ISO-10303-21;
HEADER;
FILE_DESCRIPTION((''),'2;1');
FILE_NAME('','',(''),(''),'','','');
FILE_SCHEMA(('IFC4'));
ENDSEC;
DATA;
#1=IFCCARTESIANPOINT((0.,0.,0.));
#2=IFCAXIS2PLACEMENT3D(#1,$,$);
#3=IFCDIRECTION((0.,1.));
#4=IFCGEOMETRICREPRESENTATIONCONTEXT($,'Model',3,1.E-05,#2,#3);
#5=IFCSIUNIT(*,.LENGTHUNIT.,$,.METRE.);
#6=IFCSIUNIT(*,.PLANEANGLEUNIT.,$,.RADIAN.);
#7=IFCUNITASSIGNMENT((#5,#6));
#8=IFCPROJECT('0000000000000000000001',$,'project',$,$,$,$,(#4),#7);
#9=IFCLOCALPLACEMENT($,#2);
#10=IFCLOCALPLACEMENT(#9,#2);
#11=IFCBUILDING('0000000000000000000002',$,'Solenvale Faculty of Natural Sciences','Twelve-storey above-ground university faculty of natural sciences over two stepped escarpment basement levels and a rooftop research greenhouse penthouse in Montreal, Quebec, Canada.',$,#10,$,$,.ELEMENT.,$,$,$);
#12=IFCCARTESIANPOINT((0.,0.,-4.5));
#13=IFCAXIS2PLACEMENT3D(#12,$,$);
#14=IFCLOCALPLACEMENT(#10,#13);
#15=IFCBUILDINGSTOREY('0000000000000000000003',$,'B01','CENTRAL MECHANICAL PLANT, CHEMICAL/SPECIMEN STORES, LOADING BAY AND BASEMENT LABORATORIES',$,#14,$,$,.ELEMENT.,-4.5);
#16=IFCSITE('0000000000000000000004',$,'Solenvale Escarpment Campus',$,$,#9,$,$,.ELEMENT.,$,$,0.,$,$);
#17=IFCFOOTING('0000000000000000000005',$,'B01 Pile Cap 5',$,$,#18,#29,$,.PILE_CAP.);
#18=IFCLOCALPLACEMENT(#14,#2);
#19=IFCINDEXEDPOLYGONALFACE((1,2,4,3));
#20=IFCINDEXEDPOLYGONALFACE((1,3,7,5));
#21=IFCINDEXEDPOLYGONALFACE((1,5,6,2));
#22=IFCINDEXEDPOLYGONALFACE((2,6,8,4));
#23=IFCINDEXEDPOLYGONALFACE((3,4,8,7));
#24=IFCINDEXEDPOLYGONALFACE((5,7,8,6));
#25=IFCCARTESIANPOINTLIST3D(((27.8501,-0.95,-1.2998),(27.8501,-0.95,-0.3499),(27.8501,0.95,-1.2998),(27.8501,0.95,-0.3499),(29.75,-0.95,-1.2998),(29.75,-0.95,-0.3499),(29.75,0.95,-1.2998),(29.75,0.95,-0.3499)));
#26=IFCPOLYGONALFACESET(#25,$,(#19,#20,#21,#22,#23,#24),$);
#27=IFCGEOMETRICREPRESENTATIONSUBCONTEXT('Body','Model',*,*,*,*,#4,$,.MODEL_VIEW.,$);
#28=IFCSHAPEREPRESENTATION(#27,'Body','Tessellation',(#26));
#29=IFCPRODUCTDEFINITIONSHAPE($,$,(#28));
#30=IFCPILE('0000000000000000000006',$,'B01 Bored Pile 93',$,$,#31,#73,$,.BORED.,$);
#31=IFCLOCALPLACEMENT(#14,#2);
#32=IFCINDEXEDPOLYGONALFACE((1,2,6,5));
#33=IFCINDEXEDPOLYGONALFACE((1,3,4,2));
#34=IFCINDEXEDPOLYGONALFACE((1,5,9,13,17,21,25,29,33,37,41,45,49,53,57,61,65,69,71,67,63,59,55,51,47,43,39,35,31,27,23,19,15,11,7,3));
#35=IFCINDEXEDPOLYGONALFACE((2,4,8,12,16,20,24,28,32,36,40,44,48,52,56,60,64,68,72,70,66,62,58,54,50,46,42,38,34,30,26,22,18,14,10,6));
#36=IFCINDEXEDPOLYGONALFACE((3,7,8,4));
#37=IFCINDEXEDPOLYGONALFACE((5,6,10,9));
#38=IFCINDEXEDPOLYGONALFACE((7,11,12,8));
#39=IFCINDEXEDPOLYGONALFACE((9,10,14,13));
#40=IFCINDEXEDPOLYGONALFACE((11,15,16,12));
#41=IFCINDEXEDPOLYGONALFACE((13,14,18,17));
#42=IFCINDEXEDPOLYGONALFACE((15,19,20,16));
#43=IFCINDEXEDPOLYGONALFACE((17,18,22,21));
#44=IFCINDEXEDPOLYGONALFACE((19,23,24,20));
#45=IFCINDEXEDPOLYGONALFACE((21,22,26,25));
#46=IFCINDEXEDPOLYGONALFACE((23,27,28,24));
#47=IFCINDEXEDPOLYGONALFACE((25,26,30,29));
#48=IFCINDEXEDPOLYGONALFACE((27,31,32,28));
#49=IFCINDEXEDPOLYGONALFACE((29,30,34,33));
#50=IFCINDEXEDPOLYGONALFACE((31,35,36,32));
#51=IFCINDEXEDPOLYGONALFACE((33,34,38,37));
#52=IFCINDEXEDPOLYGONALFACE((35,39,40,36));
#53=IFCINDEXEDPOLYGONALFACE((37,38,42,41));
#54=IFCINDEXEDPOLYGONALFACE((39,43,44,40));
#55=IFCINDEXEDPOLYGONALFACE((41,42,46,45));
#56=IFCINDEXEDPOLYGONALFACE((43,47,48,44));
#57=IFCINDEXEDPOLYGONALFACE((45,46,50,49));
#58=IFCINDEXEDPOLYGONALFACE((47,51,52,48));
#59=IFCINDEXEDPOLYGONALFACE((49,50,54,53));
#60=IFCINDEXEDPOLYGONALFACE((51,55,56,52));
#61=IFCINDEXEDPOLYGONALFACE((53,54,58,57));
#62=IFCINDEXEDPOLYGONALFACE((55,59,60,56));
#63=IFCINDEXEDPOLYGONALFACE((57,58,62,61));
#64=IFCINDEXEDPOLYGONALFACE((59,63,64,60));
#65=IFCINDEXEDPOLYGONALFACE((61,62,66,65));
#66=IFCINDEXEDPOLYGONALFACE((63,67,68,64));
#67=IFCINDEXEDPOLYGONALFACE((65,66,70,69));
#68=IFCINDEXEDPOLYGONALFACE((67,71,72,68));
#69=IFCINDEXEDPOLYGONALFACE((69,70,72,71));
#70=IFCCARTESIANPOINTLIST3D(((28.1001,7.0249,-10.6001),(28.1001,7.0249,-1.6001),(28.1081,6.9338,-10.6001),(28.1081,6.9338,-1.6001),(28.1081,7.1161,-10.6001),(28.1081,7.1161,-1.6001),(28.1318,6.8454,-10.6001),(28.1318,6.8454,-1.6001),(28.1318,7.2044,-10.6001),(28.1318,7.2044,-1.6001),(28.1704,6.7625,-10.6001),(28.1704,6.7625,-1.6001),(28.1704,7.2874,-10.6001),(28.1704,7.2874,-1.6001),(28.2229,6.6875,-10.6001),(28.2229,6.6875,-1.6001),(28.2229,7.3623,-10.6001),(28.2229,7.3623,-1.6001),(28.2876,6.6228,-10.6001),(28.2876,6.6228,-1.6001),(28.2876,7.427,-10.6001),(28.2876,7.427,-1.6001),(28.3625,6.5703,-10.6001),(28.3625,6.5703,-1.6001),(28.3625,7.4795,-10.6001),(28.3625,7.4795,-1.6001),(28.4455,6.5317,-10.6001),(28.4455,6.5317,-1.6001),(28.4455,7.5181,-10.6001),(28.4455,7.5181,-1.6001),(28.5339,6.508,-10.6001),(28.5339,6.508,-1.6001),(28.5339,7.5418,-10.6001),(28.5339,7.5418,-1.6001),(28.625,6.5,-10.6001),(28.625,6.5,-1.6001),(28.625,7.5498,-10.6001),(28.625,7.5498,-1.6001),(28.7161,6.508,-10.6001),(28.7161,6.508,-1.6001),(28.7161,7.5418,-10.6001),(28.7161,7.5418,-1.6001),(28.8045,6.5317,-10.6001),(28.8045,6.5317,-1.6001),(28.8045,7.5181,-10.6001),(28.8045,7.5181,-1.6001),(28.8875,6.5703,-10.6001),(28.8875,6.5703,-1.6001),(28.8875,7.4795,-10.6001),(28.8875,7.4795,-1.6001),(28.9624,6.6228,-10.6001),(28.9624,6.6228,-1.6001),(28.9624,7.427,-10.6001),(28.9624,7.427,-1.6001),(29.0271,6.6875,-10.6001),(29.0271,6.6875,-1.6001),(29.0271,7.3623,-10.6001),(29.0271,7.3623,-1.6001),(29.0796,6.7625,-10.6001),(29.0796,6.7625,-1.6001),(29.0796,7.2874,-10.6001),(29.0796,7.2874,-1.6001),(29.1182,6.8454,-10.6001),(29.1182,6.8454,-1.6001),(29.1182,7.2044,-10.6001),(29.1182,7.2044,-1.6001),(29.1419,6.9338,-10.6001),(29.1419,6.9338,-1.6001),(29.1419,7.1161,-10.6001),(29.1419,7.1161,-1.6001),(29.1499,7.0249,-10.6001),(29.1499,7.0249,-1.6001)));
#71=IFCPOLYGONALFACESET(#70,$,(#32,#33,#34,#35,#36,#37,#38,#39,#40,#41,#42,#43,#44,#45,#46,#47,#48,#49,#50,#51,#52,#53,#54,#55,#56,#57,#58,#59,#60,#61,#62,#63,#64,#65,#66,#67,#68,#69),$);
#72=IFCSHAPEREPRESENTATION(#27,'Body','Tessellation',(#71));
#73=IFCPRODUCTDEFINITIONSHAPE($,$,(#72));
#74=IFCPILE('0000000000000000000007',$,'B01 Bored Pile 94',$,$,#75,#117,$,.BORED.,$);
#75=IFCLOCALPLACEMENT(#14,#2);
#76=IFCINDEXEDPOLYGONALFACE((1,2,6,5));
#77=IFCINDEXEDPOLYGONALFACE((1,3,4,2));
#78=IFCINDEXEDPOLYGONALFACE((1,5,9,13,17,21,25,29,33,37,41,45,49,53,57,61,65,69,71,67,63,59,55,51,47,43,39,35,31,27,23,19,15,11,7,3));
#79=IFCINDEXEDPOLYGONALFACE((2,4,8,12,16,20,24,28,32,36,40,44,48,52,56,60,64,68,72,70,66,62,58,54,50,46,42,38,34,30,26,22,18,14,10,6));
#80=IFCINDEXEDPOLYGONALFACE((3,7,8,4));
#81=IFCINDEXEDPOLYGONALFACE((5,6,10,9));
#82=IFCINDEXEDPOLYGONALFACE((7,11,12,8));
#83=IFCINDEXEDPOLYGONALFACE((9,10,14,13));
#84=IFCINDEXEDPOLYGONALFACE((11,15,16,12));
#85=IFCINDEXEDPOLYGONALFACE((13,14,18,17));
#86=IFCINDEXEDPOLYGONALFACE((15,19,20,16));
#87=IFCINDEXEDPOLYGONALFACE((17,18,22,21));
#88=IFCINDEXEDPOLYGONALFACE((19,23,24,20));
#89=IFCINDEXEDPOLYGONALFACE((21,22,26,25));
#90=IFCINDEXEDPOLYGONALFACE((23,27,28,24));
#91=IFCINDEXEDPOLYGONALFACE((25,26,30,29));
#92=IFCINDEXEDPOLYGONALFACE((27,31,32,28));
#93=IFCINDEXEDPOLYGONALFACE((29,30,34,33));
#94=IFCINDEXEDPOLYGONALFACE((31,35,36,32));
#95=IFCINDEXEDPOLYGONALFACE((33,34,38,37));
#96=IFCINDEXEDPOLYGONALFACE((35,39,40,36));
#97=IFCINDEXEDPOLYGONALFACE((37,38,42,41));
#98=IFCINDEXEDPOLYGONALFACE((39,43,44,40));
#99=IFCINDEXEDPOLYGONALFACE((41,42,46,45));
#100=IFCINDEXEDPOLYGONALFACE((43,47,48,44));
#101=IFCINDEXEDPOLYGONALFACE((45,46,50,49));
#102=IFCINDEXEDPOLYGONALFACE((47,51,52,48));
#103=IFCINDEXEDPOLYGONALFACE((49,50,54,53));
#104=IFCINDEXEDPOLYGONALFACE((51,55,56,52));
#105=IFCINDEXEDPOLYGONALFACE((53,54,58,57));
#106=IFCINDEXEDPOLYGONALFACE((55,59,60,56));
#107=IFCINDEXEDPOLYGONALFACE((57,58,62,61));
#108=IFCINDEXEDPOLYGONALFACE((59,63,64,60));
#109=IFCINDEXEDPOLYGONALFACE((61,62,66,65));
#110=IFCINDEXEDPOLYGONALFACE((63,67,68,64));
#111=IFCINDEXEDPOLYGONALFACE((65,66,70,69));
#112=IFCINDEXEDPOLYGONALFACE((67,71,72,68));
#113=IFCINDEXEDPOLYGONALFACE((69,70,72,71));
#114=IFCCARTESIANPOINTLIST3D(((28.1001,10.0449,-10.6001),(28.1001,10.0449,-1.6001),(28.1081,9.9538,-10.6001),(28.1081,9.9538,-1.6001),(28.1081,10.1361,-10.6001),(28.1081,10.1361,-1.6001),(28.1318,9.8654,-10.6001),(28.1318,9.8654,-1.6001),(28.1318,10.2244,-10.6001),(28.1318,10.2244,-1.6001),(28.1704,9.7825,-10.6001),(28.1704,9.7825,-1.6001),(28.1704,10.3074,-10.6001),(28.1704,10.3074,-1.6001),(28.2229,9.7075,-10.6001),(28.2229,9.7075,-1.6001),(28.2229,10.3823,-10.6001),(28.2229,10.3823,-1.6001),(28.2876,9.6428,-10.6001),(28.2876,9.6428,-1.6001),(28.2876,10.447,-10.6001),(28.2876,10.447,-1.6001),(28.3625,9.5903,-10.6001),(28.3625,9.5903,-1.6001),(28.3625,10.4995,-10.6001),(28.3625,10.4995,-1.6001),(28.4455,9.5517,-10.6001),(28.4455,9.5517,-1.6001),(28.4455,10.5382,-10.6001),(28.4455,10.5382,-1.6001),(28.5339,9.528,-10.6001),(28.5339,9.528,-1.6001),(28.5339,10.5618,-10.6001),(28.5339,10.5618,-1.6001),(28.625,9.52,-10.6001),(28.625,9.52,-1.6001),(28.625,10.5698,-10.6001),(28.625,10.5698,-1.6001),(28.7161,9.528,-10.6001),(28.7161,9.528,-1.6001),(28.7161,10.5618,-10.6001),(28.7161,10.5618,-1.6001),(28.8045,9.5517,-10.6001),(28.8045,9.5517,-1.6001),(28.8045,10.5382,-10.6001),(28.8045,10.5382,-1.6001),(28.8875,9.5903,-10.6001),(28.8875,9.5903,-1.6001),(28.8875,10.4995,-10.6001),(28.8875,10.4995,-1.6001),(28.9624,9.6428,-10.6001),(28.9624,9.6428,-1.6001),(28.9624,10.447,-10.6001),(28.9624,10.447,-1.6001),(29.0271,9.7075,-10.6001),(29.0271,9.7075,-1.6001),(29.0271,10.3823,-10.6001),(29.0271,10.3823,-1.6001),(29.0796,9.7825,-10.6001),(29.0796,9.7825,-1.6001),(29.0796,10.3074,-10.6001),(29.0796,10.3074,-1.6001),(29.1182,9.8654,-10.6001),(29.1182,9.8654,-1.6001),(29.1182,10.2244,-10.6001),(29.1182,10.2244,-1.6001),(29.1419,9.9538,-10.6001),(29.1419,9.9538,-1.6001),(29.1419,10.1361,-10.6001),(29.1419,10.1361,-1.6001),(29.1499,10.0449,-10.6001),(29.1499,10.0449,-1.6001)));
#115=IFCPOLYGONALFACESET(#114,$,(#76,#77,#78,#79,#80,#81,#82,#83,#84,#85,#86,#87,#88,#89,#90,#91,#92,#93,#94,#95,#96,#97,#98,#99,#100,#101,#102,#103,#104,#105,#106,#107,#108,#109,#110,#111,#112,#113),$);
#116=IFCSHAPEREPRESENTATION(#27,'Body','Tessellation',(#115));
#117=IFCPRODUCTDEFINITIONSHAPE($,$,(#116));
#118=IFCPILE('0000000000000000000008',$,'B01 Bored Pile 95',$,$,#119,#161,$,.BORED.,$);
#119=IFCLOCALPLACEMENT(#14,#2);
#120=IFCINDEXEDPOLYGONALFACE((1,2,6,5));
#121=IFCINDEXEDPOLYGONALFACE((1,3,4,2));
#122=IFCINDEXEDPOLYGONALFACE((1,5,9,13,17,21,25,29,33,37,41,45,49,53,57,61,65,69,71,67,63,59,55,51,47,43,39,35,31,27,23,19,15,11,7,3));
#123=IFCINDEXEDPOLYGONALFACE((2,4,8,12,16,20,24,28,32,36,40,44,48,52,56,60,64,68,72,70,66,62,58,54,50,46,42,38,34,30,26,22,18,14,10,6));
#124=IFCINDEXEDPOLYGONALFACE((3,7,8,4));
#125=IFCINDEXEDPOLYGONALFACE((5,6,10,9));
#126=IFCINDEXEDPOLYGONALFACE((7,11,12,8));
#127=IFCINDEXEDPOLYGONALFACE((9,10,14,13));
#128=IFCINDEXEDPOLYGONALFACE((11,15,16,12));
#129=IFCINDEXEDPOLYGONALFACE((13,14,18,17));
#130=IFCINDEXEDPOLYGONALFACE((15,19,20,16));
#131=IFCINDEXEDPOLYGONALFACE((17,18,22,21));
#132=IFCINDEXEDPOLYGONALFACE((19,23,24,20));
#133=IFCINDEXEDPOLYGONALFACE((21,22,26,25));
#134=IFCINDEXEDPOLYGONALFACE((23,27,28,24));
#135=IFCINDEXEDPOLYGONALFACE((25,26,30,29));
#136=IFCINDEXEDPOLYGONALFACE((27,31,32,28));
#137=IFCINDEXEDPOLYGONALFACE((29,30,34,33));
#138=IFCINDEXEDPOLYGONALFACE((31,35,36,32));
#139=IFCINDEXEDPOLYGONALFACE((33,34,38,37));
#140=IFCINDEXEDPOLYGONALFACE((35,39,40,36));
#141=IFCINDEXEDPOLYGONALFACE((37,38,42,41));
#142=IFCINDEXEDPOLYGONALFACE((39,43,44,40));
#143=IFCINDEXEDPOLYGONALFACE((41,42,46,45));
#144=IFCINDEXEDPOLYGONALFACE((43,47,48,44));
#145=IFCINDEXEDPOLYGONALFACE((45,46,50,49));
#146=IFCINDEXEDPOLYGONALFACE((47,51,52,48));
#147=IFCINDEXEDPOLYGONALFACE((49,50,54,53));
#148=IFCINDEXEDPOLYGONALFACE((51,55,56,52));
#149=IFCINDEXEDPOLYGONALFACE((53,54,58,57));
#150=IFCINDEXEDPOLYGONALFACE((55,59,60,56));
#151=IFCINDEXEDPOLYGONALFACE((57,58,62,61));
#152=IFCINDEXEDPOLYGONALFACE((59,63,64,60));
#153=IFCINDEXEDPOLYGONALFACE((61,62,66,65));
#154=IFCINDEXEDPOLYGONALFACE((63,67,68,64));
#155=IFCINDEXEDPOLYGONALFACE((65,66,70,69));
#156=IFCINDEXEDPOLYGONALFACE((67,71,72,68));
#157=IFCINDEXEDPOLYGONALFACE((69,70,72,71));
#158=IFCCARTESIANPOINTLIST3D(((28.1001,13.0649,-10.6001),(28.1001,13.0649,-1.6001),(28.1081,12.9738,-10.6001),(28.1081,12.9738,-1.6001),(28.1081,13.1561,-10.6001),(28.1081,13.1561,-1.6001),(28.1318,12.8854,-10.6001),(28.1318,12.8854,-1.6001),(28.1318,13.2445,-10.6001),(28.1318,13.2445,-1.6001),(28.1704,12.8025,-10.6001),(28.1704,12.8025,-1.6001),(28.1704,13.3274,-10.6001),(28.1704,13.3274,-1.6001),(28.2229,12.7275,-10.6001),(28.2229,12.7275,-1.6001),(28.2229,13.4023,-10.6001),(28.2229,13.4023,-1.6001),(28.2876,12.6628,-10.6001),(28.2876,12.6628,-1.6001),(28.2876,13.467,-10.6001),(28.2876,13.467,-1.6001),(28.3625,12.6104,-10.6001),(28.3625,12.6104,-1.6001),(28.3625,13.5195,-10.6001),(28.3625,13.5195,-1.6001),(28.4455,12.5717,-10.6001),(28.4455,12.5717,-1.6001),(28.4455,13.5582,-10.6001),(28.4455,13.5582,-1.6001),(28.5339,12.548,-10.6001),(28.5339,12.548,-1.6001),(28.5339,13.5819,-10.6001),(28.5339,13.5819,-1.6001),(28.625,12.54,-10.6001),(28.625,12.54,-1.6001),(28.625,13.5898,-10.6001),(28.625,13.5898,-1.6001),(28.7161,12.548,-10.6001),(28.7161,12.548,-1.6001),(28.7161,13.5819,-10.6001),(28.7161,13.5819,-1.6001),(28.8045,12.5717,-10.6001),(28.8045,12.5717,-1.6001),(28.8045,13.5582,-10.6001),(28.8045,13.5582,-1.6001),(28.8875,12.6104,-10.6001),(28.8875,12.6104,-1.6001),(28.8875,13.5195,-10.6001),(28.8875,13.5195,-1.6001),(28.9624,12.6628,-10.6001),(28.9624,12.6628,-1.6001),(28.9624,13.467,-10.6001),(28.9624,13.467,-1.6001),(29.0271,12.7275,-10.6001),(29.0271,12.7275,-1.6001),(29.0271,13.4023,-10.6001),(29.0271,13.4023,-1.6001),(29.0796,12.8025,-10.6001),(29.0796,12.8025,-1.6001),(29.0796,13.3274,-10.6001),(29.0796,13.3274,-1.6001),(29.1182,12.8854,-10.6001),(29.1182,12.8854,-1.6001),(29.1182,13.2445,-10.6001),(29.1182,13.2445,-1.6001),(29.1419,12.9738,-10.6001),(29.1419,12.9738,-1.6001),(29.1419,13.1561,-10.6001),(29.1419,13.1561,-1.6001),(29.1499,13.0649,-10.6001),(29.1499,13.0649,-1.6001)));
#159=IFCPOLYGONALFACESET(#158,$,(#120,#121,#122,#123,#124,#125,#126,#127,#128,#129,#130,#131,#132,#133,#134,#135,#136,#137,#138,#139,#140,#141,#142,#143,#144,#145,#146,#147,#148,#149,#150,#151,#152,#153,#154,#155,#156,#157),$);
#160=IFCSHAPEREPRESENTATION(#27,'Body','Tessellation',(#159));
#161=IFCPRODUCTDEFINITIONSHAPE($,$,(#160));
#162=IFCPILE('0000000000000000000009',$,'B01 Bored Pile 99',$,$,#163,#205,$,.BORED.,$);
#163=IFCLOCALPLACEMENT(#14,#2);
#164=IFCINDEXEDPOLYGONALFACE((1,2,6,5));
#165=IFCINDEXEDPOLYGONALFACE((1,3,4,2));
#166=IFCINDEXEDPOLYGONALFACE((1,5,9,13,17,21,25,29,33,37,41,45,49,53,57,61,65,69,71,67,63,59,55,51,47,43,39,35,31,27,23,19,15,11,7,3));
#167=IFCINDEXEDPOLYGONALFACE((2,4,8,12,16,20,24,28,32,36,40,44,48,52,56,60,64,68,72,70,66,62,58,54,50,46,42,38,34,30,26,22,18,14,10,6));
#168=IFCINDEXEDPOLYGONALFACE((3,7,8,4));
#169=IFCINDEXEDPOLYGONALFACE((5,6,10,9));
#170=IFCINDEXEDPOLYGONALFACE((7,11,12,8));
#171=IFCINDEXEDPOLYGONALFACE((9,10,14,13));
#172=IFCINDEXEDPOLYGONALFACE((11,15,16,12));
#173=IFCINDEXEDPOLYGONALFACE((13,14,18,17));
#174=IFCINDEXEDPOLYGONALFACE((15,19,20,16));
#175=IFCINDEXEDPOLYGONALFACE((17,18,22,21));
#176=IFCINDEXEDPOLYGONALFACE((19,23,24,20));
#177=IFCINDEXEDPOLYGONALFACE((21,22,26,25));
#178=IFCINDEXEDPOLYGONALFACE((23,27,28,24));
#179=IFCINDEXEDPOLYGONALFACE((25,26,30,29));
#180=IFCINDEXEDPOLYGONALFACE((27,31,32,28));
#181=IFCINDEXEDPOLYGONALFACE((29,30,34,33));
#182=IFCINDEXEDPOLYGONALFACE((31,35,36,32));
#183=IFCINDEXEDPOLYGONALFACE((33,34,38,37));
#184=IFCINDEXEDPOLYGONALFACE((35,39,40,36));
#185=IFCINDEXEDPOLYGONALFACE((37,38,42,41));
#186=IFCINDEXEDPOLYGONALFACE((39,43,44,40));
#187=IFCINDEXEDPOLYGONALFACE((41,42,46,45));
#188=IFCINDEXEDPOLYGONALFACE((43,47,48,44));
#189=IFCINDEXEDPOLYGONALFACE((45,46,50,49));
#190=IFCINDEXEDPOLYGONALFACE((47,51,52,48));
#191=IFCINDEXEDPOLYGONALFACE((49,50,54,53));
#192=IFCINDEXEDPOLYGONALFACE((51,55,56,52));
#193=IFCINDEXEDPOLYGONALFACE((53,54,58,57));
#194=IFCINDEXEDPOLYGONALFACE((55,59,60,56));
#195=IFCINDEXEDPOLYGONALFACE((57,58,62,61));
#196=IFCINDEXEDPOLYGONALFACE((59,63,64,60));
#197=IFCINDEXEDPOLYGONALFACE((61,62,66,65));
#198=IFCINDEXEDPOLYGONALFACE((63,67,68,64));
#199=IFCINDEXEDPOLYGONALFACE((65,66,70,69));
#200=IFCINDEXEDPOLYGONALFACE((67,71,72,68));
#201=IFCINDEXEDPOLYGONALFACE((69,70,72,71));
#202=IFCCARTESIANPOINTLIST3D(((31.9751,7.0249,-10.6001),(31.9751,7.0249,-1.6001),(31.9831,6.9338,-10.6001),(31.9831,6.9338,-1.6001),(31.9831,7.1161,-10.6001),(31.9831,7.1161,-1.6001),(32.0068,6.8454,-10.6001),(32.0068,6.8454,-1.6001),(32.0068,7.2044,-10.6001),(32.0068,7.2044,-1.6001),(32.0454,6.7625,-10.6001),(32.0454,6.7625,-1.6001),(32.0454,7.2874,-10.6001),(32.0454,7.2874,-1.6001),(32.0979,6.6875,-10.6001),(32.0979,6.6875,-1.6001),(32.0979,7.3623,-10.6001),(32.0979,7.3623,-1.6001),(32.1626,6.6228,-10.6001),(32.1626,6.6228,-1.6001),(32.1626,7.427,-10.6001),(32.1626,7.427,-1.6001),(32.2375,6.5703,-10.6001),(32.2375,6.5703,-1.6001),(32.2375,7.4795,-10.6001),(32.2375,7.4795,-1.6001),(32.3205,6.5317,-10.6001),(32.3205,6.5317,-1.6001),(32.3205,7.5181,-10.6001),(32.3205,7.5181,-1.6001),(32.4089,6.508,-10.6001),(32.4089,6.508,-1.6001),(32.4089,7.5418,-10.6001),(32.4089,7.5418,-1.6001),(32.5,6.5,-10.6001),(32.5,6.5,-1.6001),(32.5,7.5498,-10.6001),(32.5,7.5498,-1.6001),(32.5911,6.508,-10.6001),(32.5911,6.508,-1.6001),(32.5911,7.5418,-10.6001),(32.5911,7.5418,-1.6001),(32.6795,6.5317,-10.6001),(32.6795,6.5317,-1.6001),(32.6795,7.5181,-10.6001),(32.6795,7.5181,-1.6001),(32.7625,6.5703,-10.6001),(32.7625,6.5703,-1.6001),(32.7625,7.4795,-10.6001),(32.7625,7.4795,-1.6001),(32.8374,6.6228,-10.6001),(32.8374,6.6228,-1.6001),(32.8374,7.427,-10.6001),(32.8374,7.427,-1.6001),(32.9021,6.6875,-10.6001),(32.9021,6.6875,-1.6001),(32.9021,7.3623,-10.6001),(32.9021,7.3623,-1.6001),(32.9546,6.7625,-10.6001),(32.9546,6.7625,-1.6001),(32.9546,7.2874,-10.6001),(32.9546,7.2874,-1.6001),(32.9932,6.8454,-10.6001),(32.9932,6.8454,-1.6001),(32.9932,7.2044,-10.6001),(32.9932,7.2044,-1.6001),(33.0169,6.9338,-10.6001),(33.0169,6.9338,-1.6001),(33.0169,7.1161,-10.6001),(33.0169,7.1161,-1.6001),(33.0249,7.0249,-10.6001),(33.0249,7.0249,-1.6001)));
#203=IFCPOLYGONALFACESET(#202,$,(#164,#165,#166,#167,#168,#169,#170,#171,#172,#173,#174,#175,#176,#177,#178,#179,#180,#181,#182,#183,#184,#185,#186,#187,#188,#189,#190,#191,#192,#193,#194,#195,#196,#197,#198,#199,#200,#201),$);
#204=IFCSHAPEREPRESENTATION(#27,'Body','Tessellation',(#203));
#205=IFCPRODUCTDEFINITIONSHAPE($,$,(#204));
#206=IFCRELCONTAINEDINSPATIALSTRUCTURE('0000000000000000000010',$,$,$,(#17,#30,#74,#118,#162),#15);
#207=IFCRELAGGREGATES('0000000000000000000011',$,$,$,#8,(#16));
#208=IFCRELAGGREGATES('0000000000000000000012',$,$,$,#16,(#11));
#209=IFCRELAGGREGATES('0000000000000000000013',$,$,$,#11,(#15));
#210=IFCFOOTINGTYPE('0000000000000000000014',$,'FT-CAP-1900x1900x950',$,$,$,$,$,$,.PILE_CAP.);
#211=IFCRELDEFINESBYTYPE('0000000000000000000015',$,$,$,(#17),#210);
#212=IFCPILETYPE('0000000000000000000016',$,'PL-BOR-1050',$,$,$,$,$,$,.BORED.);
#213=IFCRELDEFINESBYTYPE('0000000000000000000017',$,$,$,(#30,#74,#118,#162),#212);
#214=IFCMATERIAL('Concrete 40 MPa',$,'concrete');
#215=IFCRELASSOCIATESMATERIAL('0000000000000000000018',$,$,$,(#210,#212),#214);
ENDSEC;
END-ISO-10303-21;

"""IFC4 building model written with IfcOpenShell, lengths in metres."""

from ifc_helpers import new_model, si_unit, direction, frame, origin, origin_2d, place, context, subcontext, project, spatial, rectangle, circle, extrude, material, material_profile, profile_set, type_object, element, save


model = new_model("IFC4")

# Units and contexts
model_context = context("Model", 3, precision=1e-05, world=origin(), true_north=direction((0.0, 1.0)))
body_context = subcontext(model_context, "Body", "Model", "MODEL_VIEW")
ifc_project = project(units=[si_unit("LENGTHUNIT", "METRE"), si_unit("PLANEANGLEUNIT", "RADIAN")], contexts=[model_context])

# Site, building, storey
site_placement = place(None, origin())
site = spatial("IfcSite", under=ifc_project, at=site_placement, Name="Solenvale Escarpment Campus", CompositionType="ELEMENT", RefElevation=0.0)
building_placement = place(site_placement, origin())
building = spatial("IfcBuilding", under=site, at=building_placement, Name="Solenvale Faculty of Natural Sciences", Description="Twelve-storey above-ground university faculty of natural sciences over two stepped escarpment basement levels and a rooftop research greenhouse penthouse in Montreal, Quebec, Canada.", CompositionType="ELEMENT")
storey_placement = place(building_placement, frame((0.0, 0.0, -4.5)))
storey = spatial("IfcBuildingStorey", under=building, at=storey_placement, Name="B01", Description="CENTRAL MECHANICAL PLANT, CHEMICAL/SPECIMEN STORES, LOADING BAY AND BASEMENT LABORATORIES", CompositionType="ELEMENT", Elevation=-4.5)

# Footing
ifc_material_1 = material(Name="Concrete 40 MPa", Category="concrete")
footing_type = type_object("IfcFootingType", Name="FT-CAP-1900x1900x950", PredefinedType="PILE_CAP", material=ifc_material_1)
footing_placement = place(storey_placement, frame((28.8, 0.0, -1.2998), z_axis=(0.0, 0.0, 1.0), x_axis=(1.0, 0.0, 0.0)))
element("IfcFooting", 1, at=footing_placement, inside=storey, type_object=footing_type, Name="B01 Pile Cap 5", PredefinedType="PILE_CAP", context=body_context, shape_type="SweptSolid", body=[
    extrude(rectangle(XDim=1.8999, YDim=1.8999, at=origin_2d()), origin(), (0.0, 0.0, 1.0), 0.95),
])

# Piles
ifc_material_profile_1 = material_profile(ifc_material_1, circle(Radius=0.5249, at=origin_2d()), Name="PILE-D1050")
ifc_profile_set_1 = profile_set([ifc_material_profile_1], Name="Concrete 40 MPa")
pile_type_1 = type_object("IfcPileType", Name="PL-BOR-1050", PredefinedType="BORED", material=ifc_profile_set_1)
for number, where, z_axis, x_axis, name in (
    (2, (28.625, 7.0249, -1.6001), (0.0, 0.0, -1.0), (1.0, 0.0, 0.0), "B01 Bored Pile 93"),
    (3, (28.625, 10.0449, -1.6001), (0.0, 0.0, -1.0), (1.0, 0.0, 0.0), "B01 Bored Pile 94"),
    (4, (28.625, 13.0649, -1.6001), (0.0, 0.0, -1.0), (1.0, 0.0, 0.0), "B01 Bored Pile 95"),
    (5, (32.5, 7.0249, -1.6001), (0.0, 0.0, -1.0), (1.0, 0.0, 0.0), "B01 Bored Pile 99"),
):
    element("IfcPile", number, at=place(storey_placement, frame(where, z_axis=z_axis, x_axis=x_axis)), inside=storey, type_object=pile_type_1, Name=name, PredefinedType="BORED", context=body_context, shape_type="SweptSolid", body=[
        extrude(circle(Radius=0.5249, at=origin_2d()), origin(), (0.0, 0.0, 1.0), 9.0),
    ])

save(model, "model.ifc")
